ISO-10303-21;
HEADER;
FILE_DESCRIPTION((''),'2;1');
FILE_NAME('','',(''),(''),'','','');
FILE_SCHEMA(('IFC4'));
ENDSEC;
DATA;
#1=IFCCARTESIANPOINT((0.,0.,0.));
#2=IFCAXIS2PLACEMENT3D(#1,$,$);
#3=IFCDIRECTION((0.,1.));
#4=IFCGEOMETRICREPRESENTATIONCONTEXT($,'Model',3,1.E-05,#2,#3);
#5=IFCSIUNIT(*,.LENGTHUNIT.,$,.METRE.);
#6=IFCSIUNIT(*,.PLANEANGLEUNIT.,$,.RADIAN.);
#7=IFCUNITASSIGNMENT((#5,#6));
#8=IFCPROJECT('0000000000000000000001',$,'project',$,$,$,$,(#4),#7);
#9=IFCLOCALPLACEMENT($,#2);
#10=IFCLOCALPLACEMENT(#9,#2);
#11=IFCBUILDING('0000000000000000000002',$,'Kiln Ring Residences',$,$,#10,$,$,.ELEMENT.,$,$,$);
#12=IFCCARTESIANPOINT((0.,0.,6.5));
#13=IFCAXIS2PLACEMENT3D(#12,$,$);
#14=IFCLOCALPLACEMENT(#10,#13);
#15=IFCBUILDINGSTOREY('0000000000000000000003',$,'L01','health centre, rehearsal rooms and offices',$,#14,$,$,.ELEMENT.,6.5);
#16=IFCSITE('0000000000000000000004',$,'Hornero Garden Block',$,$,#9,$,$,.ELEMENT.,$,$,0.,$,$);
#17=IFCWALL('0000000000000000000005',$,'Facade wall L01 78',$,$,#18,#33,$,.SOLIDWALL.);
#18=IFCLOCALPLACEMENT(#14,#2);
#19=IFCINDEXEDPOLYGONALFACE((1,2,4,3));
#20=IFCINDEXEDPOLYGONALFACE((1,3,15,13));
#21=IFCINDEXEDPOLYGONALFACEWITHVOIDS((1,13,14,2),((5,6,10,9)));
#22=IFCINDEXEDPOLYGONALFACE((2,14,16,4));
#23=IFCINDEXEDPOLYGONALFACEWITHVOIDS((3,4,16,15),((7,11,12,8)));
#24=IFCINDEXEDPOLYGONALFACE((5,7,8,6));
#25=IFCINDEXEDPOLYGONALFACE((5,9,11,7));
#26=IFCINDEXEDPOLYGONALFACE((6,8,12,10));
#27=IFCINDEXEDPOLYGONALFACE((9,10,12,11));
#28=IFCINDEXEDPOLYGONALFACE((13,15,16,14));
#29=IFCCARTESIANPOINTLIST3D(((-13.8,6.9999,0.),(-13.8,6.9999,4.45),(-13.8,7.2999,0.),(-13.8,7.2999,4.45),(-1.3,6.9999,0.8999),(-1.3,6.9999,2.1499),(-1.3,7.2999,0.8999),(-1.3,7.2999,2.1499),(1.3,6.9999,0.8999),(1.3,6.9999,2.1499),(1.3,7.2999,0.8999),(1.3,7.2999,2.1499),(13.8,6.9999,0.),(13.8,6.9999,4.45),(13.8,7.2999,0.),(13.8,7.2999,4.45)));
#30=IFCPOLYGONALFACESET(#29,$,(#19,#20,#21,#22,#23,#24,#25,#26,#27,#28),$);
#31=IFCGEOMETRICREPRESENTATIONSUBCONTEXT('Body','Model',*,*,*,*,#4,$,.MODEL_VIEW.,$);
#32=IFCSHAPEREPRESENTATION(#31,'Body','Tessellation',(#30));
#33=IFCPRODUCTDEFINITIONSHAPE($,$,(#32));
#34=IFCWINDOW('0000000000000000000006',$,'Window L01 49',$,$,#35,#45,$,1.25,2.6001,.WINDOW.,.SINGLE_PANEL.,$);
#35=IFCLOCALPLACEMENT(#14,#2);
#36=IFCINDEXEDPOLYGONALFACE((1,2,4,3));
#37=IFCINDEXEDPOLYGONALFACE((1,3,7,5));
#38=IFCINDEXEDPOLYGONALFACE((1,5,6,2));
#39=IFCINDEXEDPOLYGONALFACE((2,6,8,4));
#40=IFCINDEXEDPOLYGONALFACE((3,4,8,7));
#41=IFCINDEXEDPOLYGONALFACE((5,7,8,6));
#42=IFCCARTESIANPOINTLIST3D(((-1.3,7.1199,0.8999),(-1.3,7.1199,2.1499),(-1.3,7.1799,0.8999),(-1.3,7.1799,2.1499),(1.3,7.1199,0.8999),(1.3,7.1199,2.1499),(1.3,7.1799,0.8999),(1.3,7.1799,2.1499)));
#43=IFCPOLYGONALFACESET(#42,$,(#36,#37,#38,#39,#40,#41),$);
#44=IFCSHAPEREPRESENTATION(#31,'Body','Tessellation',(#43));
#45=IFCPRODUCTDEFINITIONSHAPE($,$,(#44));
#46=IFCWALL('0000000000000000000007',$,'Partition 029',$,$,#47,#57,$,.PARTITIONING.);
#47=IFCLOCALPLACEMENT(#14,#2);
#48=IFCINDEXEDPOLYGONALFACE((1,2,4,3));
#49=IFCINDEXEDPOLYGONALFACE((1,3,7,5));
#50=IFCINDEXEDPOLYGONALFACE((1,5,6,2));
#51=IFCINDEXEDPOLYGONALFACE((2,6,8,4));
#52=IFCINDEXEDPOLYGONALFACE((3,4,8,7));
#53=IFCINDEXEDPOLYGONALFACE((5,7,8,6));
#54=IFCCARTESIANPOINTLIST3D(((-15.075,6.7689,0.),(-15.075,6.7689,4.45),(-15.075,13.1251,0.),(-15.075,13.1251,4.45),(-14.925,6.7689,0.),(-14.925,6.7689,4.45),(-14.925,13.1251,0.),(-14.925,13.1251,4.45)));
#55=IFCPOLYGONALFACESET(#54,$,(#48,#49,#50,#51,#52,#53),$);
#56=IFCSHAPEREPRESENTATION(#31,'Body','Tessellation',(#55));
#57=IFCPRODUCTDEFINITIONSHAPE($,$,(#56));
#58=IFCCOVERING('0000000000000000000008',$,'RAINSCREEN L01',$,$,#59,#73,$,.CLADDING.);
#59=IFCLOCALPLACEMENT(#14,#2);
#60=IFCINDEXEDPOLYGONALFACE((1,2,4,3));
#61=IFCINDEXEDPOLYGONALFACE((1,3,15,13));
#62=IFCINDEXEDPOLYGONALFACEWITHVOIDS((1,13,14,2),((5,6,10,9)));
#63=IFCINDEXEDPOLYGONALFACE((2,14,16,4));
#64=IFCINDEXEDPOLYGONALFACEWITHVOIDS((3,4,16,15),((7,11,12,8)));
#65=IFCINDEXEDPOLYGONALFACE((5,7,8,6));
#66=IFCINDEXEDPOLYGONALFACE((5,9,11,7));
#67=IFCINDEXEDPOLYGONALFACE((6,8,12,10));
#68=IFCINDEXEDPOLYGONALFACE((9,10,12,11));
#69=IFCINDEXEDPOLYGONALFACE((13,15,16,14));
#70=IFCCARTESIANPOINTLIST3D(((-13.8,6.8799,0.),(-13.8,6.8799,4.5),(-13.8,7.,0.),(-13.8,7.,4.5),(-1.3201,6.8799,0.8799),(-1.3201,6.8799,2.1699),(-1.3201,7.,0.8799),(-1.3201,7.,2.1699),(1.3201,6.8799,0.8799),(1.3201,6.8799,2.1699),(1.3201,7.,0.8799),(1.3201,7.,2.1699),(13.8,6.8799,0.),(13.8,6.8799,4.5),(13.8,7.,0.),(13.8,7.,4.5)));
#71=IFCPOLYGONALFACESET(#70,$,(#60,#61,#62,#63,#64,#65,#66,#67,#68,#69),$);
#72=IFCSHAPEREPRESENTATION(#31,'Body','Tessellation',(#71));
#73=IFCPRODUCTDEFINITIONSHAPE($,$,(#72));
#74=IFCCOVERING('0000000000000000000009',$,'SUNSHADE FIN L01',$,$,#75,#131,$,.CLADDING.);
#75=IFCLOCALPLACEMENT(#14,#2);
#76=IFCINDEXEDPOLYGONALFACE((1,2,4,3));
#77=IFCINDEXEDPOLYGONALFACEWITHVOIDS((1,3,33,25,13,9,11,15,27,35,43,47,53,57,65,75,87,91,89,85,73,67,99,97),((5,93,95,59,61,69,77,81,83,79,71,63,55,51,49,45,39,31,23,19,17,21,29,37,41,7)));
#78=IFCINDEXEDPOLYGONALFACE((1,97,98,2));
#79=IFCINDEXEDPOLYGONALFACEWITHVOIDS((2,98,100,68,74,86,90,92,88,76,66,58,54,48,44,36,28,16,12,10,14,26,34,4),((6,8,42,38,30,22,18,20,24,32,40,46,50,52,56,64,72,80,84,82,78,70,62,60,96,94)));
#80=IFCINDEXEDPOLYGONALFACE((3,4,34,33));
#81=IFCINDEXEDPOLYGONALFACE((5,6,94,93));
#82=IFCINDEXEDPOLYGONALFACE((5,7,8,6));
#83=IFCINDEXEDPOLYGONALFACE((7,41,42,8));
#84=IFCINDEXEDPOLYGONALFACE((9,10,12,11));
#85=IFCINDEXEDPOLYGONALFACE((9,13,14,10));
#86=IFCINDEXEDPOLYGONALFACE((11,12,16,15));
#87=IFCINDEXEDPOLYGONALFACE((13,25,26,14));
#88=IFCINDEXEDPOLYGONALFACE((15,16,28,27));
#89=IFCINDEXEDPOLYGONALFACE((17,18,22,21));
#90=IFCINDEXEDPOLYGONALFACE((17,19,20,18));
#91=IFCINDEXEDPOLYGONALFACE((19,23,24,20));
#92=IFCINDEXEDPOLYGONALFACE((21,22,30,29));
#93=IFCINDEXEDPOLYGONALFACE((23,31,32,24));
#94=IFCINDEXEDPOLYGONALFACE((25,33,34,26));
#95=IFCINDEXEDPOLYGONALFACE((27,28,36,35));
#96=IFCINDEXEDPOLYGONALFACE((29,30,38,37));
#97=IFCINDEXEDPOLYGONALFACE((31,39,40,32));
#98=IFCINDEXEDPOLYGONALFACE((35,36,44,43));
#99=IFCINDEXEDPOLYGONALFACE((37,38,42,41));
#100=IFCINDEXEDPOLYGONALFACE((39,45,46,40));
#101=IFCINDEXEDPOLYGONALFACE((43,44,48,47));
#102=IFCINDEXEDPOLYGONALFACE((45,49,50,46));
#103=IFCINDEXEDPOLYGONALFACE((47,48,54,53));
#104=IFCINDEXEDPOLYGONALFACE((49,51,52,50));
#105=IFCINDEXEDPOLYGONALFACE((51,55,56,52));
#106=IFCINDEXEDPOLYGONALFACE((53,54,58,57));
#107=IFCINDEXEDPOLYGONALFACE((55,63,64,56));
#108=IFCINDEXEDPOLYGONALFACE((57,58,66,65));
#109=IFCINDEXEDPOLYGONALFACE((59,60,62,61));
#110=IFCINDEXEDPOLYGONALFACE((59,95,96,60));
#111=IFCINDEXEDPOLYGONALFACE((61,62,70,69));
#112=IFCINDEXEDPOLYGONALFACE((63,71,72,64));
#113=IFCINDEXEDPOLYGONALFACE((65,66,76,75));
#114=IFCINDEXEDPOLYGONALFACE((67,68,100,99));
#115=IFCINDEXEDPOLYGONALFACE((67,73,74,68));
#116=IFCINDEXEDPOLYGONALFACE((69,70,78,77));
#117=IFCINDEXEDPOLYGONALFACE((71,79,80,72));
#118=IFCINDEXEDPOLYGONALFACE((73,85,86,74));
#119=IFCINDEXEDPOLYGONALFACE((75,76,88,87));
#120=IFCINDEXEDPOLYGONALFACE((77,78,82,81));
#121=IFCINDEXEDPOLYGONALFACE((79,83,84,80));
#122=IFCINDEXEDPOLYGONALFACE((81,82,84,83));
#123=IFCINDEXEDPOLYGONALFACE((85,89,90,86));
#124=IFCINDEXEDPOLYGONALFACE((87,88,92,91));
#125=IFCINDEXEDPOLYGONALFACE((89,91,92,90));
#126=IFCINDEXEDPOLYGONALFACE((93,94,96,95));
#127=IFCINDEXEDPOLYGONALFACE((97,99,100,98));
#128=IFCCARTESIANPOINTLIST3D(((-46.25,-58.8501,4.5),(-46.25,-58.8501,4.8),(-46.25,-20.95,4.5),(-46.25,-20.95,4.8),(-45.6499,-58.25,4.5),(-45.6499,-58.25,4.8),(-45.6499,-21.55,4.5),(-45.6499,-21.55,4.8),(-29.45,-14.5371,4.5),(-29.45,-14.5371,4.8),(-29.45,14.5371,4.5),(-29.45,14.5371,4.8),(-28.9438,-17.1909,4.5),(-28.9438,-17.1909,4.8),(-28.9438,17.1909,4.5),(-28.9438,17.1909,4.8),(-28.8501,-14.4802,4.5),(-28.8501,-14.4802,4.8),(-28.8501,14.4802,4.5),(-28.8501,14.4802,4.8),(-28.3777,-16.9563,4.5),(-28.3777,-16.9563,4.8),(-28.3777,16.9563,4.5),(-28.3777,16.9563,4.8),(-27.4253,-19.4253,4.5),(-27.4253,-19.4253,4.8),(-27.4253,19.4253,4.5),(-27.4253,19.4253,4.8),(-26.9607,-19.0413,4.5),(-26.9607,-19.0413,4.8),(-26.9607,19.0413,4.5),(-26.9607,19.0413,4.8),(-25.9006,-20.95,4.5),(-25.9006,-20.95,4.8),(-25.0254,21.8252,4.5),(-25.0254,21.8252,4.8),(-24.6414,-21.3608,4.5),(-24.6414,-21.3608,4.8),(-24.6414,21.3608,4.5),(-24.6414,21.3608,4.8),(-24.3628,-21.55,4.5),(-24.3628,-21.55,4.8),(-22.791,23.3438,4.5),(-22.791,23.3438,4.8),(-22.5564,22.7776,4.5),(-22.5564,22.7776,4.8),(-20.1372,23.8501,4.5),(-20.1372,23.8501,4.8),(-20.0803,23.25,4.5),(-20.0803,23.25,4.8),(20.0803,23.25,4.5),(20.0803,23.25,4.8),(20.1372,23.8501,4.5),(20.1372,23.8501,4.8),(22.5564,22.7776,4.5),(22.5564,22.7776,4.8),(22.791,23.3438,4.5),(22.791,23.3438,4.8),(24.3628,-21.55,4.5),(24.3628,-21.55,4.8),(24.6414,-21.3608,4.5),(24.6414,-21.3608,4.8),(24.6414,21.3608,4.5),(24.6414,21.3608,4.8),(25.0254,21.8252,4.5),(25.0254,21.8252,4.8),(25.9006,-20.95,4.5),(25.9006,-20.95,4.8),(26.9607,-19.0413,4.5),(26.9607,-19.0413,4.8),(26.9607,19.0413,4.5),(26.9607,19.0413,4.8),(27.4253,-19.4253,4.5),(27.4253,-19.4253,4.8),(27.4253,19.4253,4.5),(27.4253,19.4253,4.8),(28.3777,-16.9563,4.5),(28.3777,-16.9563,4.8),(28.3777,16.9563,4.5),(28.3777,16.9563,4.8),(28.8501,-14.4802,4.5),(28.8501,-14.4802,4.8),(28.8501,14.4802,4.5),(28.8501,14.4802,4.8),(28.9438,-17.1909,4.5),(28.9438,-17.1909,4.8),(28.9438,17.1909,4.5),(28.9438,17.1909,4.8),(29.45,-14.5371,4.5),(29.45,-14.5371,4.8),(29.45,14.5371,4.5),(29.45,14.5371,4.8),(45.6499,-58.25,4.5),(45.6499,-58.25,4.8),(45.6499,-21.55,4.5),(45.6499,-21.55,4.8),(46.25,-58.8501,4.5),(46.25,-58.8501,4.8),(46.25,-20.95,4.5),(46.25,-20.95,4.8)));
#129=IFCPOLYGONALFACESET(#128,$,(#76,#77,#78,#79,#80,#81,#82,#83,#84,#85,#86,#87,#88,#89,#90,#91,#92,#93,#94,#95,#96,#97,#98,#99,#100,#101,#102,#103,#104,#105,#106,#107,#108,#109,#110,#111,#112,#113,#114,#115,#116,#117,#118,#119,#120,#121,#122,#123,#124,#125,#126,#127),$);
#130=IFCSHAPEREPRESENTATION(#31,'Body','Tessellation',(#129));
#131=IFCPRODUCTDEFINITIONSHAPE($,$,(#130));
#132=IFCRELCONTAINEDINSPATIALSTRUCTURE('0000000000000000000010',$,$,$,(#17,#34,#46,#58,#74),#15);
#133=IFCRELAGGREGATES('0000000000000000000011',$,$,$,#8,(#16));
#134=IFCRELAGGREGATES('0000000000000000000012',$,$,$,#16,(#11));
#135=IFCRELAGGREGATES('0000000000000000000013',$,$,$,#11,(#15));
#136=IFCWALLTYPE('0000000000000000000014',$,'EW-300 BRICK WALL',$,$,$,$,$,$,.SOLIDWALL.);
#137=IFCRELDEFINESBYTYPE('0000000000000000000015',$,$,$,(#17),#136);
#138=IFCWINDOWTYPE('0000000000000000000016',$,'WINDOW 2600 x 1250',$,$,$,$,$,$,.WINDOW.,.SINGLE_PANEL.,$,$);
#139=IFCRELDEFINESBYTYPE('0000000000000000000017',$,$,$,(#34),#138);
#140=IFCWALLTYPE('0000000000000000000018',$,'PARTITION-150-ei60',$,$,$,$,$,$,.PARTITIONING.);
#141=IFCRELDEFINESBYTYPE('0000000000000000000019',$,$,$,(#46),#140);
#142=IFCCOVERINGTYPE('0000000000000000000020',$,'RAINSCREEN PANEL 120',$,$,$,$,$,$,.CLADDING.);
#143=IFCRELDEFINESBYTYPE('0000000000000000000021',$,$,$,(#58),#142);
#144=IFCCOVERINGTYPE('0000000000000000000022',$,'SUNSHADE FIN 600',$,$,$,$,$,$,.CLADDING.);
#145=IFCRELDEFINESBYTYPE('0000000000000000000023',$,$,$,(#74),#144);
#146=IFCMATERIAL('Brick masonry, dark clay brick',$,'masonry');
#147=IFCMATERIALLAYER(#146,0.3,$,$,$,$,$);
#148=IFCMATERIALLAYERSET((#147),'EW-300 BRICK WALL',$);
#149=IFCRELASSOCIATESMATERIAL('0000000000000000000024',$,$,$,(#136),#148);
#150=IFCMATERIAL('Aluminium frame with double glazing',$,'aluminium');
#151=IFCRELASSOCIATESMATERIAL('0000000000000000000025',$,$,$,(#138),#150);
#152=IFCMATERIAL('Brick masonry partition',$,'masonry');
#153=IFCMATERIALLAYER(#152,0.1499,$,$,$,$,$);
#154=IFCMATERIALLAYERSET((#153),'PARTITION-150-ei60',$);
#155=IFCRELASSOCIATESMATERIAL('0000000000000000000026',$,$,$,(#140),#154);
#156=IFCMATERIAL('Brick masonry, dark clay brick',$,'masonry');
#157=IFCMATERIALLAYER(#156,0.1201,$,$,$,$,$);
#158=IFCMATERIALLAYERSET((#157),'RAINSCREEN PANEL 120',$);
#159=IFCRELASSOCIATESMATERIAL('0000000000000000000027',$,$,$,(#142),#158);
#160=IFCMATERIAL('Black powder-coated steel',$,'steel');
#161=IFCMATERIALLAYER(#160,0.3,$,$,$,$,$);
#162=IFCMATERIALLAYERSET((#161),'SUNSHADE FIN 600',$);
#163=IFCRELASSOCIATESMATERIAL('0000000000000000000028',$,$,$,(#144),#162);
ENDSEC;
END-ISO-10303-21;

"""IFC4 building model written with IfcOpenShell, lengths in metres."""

from ifc_helpers import new_model, si_unit, direction, frame, frame_2d, origin, place, context, subcontext, project, spatial, polyline, rectangle, outline, extrude, material, layer, layer_set, type_object, element, fill, save


model = new_model("IFC4")

# Units and contexts
model_context = context("Model", 3, precision=1e-05, world=origin(), true_north=direction((0.0, 1.0)))
body_context = subcontext(model_context, "Body", "Model", "MODEL_VIEW")
ifc_project = project(units=[si_unit("LENGTHUNIT", "METRE"), si_unit("PLANEANGLEUNIT", "RADIAN")], contexts=[model_context])

# Site, building, storey
site_placement = place(None, origin())
site = spatial("IfcSite", under=ifc_project, at=site_placement, Name="Hornero Garden Block", CompositionType="ELEMENT", RefElevation=0.0)
building_placement = place(site_placement, origin())
building = spatial("IfcBuilding", under=site, at=building_placement, Name="Kiln Ring Residences", CompositionType="ELEMENT")
storey_placement = place(building_placement, frame((0.0, 0.0, 6.5)))
storey = spatial("IfcBuildingStorey", under=building, at=storey_placement, Name="L01", Description="health centre, rehearsal rooms and offices", CompositionType="ELEMENT", Elevation=6.5)

# Wall, opening, window
ifc_material_1 = material(Name="Brick masonry, dark clay brick", Category="masonry")
ifc_layer_1 = layer(ifc_material_1, 0.3)
ifc_layer_set_1 = layer_set([ifc_layer_1], Name="EW-300 BRICK WALL")
wall_type_1 = type_object("IfcWallType", Name="EW-300 BRICK WALL", PredefinedType="SOLIDWALL", material=ifc_layer_set_1)
wall_1_placement = place(storey_placement, frame((-13.8, 7.1499, 0.0), z_axis=(0.0, 0.0, 1.0), x_axis=(1.0, 0.0, 0.0)))
wall_1 = element("IfcWall", 1, at=wall_1_placement, inside=storey, type_object=wall_type_1, Name="Facade wall L01 78", PredefinedType="SOLIDWALL", context=body_context, shape_type="SweptSolid", body=[
    extrude(rectangle(XDim=27.6001, YDim=0.3, at=frame_2d((13.8, 0.0))), origin(), (0.0, 0.0, 1.0), 4.45),
])
opening_1_placement = place(wall_1_placement, frame((12.5, 0.0, 0.8999)))
opening_1 = element("IfcOpeningElement", 2, at=opening_1_placement, cuts=wall_1, PredefinedType="OPENING", context=body_context, shape_type="SweptSolid", body=[
    extrude(rectangle(XDim=2.6001, YDim=1.25, at=frame_2d((1.3, 0.625))), frame((0.0, 0.1599, 0.0), z_axis=(0.0, -1.0, 0.0), x_axis=(1.0, 0.0, 0.0)), (0.0, 0.0, 1.0), 0.3201),
])
ifc_material_2 = material(Name="Aluminium frame with double glazing", Category="aluminium")
window_type = type_object("IfcWindowType", Name="WINDOW 2600 x 1250", PartitioningType="SINGLE_PANEL", PredefinedType="WINDOW", material=ifc_material_2)
window_placement = place(opening_1_placement, origin())
window = element("IfcWindow", 3, at=window_placement, inside=storey, type_object=window_type, Name="Window L01 49", OverallHeight=1.25, OverallWidth=2.6001, PartitioningType="SINGLE_PANEL", PredefinedType="WINDOW", context=body_context, shape_type="SweptSolid", body=[
    extrude(rectangle(XDim=2.6001, YDim=1.25, at=frame_2d((1.3, 0.625))), frame((0.0, 0.03, 0.0), z_axis=(0.0, -1.0, 0.0), x_axis=(1.0, 0.0, 0.0)), (0.0, 0.0, 1.0), 0.0601),
])
fill(opening_1, window)

# Wall
ifc_material_3 = material(Name="Brick masonry partition", Category="masonry")
ifc_layer_2 = layer(ifc_material_3, 0.1499)
ifc_layer_set_2 = layer_set([ifc_layer_2], Name="PARTITION-150-ei60")
wall_type_2 = type_object("IfcWallType", Name="PARTITION-150-ei60", PredefinedType="PARTITIONING", material=ifc_layer_set_2)
wall_2_placement = place(storey_placement, frame((-15.0, 6.7688, 0.0), z_axis=(0.0, 0.0, 1.0), x_axis=(0.0, 1.0, 0.0)))
element("IfcWall", 4, at=wall_2_placement, inside=storey, type_object=wall_type_2, Name="Partition 029", PredefinedType="PARTITIONING", context=body_context, shape_type="SweptSolid", body=[
    extrude(rectangle(XDim=6.3562, YDim=0.1499, at=frame_2d((3.1782, 0.0))), origin(), (0.0, 0.0, 1.0), 4.45),
])

# Coverings
ifc_material_4 = material(Name="Brick masonry, dark clay brick", Category="masonry")
ifc_layer_3 = layer(ifc_material_4, 0.1201)
ifc_layer_set_3 = layer_set([ifc_layer_3], Name="RAINSCREEN PANEL 120")
covering_type_1 = type_object("IfcCoveringType", Name="RAINSCREEN PANEL 120", PredefinedType="CLADDING", material=ifc_layer_set_3)
covering_1_placement = place(storey_placement, frame((-13.8, 6.9399, 0.0), z_axis=(0.0, 0.0, 1.0), x_axis=(1.0, 0.0, 0.0)))
element("IfcCovering", 5, at=covering_1_placement, inside=storey, type_object=covering_type_1, Name="RAINSCREEN L01", PredefinedType="CLADDING", context=body_context, shape_type="SweptSolid", body=[
    extrude(outline(polyline([(0.0, 0.0), (27.6001, 0.0), (27.6001, 4.5), (0.0, 4.5), (0.0, 0.0)]), holes=[polyline([(12.48, 2.1699), (12.48, 0.8799), (15.1201, 0.8799), (15.1201, 2.1699), (12.48, 2.1699)])]), frame((0.0, 0.0601, 0.0), z_axis=(0.0, -1.0, 0.0), x_axis=(1.0, 0.0, 0.0)), (0.0, 0.0, 1.0), 0.1201),
])
ifc_material_5 = material(Name="Black powder-coated steel", Category="steel")
ifc_layer_4 = layer(ifc_material_5, 0.3)
ifc_layer_set_4 = layer_set([ifc_layer_4], Name="SUNSHADE FIN 600")
covering_type_2 = type_object("IfcCoveringType", Name="SUNSHADE FIN 600", PredefinedType="CLADDING", material=ifc_layer_set_4)
covering_2_placement = place(storey_placement, frame((0.0, 0.0, 4.5)))
element("IfcCovering", 6, at=covering_2_placement, inside=storey, type_object=covering_type_2, Name="SUNSHADE FIN L01", PredefinedType="CLADDING", context=body_context, shape_type="SweptSolid", body=[
    extrude(outline(polyline([(-27.4253, -19.4253), (-25.9006, -20.95), (-46.25, -20.95), (-46.25, -58.8501), (46.25, -58.8501), (46.25, -20.95), (25.9006, -20.95), (27.4253, -19.4253), (28.9438, -17.1909), (29.45, -14.5371), (29.45, 14.5371), (28.9438, 17.1909), (27.4253, 19.4253), (25.0254, 21.8252), (22.791, 23.3438), (20.1372, 23.8501), (-20.1372, 23.8501), (-22.791, 23.3438), (-25.0254, 21.8252), (-27.4253, 19.4253), (-28.9438, 17.1909), (-29.45, 14.5371), (-29.45, -14.5371), (-28.9438, -17.1909), (-27.4253, -19.4253)]), holes=[polyline([(-45.6499, -21.55), (-24.3628, -21.55), (-24.6414, -21.3608), (-26.9607, -19.0413), (-28.3777, -16.9563), (-28.8501, -14.4802), (-28.8501, 14.4802), (-28.3777, 16.9563), (-26.9607, 19.0413), (-24.6414, 21.3608), (-22.5564, 22.7776), (-20.0803, 23.25), (20.0803, 23.25), (22.5564, 22.7776), (24.6414, 21.3608), (26.9607, 19.0413), (28.3777, 16.9563), (28.8501, 14.4802), (28.8501, -14.4802), (28.3777, -16.9563), (26.9607, -19.0413), (24.6414, -21.3608), (24.3628, -21.55), (45.6499, -21.55), (45.6499, -58.25), (-45.6499, -58.25), (-45.6499, -21.55)])]), origin(), (0.0, 0.0, 1.0), 0.3),
])

save(model, "model.ifc")
